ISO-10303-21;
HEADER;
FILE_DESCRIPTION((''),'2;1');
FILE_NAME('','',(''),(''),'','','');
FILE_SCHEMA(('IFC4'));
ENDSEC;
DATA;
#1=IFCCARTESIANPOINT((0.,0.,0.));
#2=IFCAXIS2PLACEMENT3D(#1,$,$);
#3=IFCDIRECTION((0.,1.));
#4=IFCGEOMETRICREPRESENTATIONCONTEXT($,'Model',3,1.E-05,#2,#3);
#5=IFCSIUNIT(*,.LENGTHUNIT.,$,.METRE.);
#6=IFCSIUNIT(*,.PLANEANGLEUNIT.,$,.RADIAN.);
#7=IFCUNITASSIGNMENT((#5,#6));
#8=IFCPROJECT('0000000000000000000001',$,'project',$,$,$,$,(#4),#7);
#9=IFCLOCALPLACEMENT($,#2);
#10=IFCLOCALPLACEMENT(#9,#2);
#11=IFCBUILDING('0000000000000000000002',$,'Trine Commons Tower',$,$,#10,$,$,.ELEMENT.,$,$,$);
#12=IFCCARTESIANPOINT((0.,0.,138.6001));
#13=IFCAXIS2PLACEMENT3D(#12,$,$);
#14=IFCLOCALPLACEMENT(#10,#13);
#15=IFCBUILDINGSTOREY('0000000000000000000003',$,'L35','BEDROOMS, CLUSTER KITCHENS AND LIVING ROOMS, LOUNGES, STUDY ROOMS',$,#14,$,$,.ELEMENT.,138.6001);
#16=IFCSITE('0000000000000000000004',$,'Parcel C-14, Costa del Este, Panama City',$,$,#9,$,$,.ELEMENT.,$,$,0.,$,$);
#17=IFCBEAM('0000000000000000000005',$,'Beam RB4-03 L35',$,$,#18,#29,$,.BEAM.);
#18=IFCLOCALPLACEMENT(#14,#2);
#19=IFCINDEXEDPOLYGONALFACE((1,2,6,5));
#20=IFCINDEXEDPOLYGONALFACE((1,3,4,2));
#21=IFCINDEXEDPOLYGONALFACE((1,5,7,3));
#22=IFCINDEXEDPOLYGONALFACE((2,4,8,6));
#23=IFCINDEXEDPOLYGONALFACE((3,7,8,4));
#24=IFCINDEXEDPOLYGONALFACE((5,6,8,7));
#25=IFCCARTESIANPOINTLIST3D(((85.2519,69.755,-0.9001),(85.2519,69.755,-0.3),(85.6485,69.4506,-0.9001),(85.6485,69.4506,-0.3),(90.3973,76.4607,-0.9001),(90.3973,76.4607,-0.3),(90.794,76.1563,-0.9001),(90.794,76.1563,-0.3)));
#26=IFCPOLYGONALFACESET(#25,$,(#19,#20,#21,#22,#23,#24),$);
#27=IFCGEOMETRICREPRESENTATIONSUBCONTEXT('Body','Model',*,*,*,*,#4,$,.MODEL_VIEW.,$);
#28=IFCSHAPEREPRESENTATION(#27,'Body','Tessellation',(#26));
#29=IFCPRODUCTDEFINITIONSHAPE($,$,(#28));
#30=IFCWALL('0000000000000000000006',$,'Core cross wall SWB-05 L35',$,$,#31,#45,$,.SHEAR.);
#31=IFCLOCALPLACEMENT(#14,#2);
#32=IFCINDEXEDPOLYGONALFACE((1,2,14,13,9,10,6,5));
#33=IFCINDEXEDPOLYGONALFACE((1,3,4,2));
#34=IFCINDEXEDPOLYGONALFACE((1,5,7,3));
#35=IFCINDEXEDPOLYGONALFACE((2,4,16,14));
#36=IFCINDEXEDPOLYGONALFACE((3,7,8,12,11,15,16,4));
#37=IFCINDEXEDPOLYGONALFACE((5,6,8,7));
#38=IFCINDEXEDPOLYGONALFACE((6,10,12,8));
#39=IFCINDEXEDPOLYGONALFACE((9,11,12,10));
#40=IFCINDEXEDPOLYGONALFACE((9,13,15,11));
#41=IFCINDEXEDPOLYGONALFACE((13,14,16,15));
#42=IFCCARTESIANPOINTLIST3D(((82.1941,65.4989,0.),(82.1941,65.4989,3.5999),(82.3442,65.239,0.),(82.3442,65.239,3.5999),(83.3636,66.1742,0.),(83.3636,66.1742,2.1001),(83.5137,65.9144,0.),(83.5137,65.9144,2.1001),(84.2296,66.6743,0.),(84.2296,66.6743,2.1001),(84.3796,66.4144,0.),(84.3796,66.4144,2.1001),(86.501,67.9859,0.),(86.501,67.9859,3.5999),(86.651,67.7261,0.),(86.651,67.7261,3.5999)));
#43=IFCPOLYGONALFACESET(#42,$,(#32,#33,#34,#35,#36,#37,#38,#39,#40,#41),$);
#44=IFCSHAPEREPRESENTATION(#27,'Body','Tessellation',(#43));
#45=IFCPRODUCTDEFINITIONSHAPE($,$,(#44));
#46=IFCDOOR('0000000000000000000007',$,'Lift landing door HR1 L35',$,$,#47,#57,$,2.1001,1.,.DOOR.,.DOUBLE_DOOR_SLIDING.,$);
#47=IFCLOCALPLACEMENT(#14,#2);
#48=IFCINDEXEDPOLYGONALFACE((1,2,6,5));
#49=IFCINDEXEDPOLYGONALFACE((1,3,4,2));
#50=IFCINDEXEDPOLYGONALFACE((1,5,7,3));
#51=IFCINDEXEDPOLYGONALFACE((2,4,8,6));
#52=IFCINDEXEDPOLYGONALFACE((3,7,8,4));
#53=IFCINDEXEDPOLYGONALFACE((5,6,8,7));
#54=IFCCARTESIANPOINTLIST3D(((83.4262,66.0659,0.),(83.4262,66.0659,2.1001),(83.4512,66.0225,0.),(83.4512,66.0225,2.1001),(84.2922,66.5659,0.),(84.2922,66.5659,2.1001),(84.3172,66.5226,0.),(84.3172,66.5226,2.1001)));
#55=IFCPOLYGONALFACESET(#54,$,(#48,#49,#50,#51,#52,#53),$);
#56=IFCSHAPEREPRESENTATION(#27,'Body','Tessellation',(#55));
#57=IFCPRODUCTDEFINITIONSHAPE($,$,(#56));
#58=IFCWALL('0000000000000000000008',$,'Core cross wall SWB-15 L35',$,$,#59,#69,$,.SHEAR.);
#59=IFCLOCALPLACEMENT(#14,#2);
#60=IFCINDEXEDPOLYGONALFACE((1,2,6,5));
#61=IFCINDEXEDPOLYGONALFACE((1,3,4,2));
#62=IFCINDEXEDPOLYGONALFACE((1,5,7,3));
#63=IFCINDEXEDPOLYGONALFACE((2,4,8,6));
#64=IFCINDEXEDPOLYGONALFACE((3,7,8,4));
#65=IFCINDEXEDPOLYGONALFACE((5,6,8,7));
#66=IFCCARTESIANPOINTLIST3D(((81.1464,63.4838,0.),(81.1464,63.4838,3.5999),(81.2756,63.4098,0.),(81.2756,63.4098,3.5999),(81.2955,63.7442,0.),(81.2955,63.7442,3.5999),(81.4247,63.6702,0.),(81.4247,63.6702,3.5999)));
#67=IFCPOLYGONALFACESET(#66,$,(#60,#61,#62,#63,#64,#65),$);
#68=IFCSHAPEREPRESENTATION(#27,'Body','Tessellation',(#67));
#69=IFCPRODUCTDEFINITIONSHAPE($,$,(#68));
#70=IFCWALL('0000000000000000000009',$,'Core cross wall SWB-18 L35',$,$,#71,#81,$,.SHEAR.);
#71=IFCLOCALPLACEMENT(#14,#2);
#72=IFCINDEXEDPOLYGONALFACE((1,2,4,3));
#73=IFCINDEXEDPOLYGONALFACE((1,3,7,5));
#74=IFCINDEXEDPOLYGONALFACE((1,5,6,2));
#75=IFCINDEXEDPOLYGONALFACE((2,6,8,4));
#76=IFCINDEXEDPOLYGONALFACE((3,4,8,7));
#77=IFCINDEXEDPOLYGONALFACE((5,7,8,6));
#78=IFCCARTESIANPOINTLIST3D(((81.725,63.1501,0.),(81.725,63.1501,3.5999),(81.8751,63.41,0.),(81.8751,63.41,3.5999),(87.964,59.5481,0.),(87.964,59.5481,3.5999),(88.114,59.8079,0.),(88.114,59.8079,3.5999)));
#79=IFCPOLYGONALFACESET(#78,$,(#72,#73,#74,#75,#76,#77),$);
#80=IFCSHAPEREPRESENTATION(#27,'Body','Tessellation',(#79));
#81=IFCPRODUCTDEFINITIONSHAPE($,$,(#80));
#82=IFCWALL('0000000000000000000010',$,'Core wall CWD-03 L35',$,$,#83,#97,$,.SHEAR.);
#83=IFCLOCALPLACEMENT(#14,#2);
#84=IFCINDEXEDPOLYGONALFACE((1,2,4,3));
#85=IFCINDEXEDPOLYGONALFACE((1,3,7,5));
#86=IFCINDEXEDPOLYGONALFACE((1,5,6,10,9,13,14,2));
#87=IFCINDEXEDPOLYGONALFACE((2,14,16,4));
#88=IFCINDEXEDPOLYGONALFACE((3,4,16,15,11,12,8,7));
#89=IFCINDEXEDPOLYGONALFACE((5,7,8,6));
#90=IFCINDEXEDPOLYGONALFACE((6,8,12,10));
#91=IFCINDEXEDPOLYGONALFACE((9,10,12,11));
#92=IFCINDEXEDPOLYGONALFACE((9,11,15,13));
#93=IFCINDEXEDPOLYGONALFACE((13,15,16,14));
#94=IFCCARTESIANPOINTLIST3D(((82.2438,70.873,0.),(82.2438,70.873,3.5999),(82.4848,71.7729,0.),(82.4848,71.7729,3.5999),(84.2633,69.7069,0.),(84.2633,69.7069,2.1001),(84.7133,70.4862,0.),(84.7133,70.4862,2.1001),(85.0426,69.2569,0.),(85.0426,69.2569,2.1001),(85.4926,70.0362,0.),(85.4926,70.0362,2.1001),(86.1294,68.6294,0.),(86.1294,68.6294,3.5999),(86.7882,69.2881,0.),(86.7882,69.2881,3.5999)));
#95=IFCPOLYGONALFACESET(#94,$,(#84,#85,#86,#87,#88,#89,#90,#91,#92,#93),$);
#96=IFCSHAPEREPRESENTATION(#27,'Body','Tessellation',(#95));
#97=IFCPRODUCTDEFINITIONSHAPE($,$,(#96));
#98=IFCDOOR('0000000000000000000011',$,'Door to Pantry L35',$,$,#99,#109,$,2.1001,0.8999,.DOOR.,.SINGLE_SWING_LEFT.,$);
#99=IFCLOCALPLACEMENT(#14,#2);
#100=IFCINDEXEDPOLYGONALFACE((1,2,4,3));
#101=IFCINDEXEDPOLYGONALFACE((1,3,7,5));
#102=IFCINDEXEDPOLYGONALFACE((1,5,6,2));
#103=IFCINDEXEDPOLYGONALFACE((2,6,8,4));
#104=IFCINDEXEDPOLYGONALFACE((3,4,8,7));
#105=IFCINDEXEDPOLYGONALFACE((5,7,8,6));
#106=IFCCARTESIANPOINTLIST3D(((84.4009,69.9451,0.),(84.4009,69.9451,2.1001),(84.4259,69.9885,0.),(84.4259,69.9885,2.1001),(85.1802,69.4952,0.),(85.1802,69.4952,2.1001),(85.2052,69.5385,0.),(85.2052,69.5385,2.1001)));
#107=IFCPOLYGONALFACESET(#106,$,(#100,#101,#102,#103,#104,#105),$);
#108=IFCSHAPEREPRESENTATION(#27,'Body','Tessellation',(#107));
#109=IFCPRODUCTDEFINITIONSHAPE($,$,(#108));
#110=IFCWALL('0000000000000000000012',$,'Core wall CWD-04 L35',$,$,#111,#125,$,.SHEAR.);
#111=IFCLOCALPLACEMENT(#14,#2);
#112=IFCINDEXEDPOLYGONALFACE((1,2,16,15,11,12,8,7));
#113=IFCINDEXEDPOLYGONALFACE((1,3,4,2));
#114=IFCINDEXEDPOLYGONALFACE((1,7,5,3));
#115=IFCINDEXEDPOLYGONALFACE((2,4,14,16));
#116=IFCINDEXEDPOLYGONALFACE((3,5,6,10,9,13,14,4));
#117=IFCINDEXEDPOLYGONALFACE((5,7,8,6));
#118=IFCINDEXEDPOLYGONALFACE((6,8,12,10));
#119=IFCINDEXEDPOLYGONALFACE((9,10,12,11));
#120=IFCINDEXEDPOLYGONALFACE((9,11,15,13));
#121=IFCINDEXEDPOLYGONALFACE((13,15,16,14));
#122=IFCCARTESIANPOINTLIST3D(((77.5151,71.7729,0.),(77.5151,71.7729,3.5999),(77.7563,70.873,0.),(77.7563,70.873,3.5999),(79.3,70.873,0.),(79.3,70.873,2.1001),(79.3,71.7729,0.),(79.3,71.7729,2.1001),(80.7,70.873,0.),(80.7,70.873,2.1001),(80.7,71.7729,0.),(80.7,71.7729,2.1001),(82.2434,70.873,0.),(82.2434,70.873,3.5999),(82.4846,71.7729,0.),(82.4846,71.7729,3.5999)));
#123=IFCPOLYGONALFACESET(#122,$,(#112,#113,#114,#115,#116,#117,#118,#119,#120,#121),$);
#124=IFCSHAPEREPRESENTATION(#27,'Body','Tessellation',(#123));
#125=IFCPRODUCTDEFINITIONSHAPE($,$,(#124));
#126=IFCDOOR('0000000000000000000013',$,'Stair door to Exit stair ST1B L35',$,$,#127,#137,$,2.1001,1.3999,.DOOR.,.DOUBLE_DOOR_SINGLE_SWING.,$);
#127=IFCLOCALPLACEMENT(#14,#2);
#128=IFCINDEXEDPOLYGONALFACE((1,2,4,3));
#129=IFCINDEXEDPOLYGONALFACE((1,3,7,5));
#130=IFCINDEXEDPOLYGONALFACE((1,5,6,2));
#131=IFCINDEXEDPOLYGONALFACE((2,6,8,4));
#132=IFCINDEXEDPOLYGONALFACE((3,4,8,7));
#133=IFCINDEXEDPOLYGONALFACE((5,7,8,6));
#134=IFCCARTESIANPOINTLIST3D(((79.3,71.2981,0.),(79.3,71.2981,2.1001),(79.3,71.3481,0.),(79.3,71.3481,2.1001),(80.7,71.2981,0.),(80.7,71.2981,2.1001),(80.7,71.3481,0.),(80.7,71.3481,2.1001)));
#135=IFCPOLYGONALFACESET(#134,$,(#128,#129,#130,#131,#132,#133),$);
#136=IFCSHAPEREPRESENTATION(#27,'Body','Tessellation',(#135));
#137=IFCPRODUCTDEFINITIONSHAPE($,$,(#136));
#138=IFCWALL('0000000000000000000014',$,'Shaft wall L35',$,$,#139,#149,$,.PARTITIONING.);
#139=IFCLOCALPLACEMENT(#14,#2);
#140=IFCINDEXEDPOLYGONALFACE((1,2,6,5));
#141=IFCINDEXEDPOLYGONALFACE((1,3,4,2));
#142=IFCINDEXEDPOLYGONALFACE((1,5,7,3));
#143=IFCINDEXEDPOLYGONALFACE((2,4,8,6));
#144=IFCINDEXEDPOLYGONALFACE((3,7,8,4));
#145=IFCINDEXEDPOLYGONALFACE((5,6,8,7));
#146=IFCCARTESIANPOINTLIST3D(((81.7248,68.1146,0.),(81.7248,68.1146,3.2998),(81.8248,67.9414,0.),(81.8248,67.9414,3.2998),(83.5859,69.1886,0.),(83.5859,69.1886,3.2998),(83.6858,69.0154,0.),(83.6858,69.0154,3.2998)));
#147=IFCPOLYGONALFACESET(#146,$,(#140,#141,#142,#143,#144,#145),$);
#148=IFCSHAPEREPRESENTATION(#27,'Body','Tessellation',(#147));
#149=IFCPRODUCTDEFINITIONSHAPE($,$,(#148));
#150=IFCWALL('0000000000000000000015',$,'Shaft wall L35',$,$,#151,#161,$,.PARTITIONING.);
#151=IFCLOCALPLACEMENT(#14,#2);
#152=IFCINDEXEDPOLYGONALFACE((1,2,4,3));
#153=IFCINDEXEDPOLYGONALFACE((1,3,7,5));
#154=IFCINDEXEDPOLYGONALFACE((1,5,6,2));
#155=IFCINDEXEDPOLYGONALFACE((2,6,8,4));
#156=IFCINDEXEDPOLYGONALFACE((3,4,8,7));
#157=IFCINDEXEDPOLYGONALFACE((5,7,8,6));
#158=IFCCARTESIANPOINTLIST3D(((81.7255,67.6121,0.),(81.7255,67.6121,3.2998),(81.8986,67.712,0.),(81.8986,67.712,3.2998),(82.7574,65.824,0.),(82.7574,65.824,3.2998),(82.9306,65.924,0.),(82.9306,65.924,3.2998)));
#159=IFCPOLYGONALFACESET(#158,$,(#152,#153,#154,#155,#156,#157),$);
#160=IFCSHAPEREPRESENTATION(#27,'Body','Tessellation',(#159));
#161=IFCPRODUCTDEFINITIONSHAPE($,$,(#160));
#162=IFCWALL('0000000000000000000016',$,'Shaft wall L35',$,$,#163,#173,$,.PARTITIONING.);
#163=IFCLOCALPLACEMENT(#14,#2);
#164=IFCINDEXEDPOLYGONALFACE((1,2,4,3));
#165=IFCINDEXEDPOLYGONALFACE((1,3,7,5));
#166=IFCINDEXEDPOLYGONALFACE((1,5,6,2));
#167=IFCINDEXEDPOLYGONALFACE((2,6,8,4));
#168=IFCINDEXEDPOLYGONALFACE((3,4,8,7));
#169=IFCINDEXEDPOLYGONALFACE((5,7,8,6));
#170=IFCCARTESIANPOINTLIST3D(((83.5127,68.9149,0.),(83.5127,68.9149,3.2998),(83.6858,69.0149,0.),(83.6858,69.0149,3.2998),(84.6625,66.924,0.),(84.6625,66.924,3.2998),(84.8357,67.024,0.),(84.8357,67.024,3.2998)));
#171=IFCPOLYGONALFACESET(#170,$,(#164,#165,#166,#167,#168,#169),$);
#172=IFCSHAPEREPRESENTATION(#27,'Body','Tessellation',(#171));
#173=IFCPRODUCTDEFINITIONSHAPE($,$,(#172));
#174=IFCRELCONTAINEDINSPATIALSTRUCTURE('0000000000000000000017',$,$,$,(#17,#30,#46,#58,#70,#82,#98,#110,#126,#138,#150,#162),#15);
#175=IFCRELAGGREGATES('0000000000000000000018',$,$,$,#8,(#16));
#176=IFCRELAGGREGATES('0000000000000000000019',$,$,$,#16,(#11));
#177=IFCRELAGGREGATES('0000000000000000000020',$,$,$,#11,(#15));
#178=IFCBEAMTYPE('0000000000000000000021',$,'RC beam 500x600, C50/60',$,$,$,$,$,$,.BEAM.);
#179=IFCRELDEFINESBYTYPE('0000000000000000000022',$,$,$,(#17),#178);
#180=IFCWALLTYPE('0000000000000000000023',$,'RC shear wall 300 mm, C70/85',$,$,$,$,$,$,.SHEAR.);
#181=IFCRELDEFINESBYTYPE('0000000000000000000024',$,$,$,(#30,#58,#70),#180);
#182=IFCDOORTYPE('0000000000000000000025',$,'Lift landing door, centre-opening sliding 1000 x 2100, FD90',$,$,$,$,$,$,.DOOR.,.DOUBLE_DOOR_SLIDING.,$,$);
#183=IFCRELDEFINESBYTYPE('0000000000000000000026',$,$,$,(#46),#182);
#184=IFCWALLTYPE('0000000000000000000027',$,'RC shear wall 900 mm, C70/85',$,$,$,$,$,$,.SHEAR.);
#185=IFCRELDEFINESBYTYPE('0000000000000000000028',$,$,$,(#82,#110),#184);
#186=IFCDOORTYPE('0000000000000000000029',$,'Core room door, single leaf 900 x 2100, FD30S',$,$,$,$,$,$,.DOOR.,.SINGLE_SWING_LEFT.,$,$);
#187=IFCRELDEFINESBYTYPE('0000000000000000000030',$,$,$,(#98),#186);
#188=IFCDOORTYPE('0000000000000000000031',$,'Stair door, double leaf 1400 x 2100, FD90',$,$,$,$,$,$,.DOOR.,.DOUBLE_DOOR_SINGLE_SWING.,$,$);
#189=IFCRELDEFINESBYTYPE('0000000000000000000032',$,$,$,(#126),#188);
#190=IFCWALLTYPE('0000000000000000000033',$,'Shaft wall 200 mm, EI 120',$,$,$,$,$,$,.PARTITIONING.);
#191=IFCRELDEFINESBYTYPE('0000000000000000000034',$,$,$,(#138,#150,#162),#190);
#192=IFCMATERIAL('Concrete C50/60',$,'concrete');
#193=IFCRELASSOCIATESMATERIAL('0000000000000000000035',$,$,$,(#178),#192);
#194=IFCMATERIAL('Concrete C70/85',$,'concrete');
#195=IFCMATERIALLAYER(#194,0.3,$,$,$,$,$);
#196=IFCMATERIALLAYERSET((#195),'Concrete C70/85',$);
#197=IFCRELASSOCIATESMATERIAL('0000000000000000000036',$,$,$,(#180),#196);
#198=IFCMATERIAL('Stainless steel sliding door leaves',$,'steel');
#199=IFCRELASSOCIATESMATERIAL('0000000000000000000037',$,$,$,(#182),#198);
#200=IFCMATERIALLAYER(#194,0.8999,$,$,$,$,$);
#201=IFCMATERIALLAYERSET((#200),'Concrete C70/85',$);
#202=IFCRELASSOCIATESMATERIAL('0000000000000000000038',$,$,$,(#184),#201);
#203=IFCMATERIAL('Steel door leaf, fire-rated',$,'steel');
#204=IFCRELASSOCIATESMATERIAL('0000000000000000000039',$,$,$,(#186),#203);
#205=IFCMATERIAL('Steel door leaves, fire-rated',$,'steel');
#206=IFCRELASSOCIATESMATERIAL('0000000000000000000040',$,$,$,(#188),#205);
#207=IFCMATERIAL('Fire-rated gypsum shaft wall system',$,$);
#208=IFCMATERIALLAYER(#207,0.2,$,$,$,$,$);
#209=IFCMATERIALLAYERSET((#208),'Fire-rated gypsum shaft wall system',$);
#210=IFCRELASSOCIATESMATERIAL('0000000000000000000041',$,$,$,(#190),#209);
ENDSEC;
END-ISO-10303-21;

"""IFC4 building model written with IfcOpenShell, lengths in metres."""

from ifc_helpers import new_model, si_unit, direction, frame, frame_2d, origin, origin_2d, place, context, subcontext, project, spatial, polyline, rectangle, outline, extrude, material, layer, layer_set, material_profile, profile_set, type_object, element, fill, save


model = new_model("IFC4")

# Units and contexts
model_context = context("Model", 3, precision=1e-05, world=origin(), true_north=direction((0.0, 1.0)))
body_context = subcontext(model_context, "Body", "Model", "MODEL_VIEW")
ifc_project = project(units=[si_unit("LENGTHUNIT", "METRE"), si_unit("PLANEANGLEUNIT", "RADIAN")], contexts=[model_context])

# Site, building, storey
site_placement = place(None, origin())
site = spatial("IfcSite", under=ifc_project, at=site_placement, Name="Parcel C-14, Costa del Este, Panama City", CompositionType="ELEMENT", RefElevation=0.0)
building_placement = place(site_placement, origin())
building = spatial("IfcBuilding", under=site, at=building_placement, Name="Trine Commons Tower", CompositionType="ELEMENT")
storey_placement = place(building_placement, frame((0.0, 0.0, 138.6001)))
storey = spatial("IfcBuildingStorey", under=building, at=storey_placement, Name="L35", Description="BEDROOMS, CLUSTER KITCHENS AND LIVING ROOMS, LOUNGES, STUDY ROOMS", CompositionType="ELEMENT", Elevation=138.6001)

# Beam
ifc_material_1 = material(Name="Concrete C50/60", Category="concrete")
ifc_material_profile = material_profile(ifc_material_1, rectangle(XDim=0.5, YDim=0.6001, at=origin_2d()), Name="RC 500x600")
ifc_profile_set = profile_set([ifc_material_profile], Name="Concrete C50/60")
beam_type = type_object("IfcBeamType", Name="RC beam 500x600, C50/60", PredefinedType="BEAM", material=ifc_profile_set)
beam_placement = place(storey_placement, frame((85.4502, 69.6028, -0.6001), z_axis=(0.608758, 0.793356, 0.0), x_axis=(-0.793356, 0.608758, 0.0)))
element("IfcBeam", 1, at=beam_placement, inside=storey, type_object=beam_type, Name="Beam RB4-03 L35", PredefinedType="BEAM", context=body_context, shape_type="SweptSolid", body=[
    extrude(rectangle(XDim=0.5, YDim=0.6001, at=origin_2d()), origin(), (0.0, 0.0, 1.0), 8.4524),
])

# Wall, opening, door
ifc_material_2 = material(Name="Concrete C70/85", Category="concrete")
ifc_layer_1 = layer(ifc_material_2, 0.3)
ifc_layer_set_1 = layer_set([ifc_layer_1], Name="Concrete C70/85")
wall_type_1 = type_object("IfcWallType", Name="RC shear wall 300 mm, C70/85", PredefinedType="SHEAR", material=ifc_layer_set_1)
wall_1_placement = place(storey_placement, frame((82.269, 65.3689, 0.0), z_axis=(0.0, 0.0, 1.0), x_axis=(0.865984, 0.500072, 0.0)))
wall_1 = element("IfcWall", 2, at=wall_1_placement, inside=storey, type_object=wall_type_1, Name="Core cross wall SWB-05 L35", PredefinedType="SHEAR", context=body_context, shape_type="SweptSolid", body=[
    extrude(rectangle(XDim=4.9734, YDim=0.3, at=frame_2d((2.4868, 0.0))), origin(), (0.0, 0.0, 1.0), 3.5999),
])
opening_1_placement = place(wall_1_placement, frame((1.3506, 0.0, 0.0)))
opening_1 = element("IfcOpeningElement", 3, at=opening_1_placement, cuts=wall_1, PredefinedType="OPENING", context=body_context, shape_type="SweptSolid", body=[
    extrude(rectangle(XDim=1.0, YDim=2.1001, at=frame_2d((0.5, 1.05))), frame((0.0, 0.1599, 0.0), z_axis=(0.0, -1.0, 0.0), x_axis=(1.0, 0.0, 0.0)), (0.0, 0.0, 1.0), 0.3201),
])
ifc_material_3 = material(Name="Stainless steel sliding door leaves", Category="steel")
door_type_1 = type_object("IfcDoorType", Name="Lift landing door, centre-opening sliding 1000 x 2100, FD90", OperationType="DOUBLE_DOOR_SLIDING", PredefinedType="DOOR", material=ifc_material_3)
door_1_placement = place(opening_1_placement, origin())
door_1 = element("IfcDoor", 4, at=door_1_placement, inside=storey, type_object=door_type_1, Name="Lift landing door HR1 L35", OperationType="DOUBLE_DOOR_SLIDING", OverallHeight=2.1001, OverallWidth=1.0, PredefinedType="DOOR", context=body_context, shape_type="SweptSolid", body=[
    extrude(rectangle(XDim=1.0, YDim=2.1001, at=frame_2d((0.5, 1.05))), frame((0.0, 0.0249, 0.0), z_axis=(0.0, -1.0, 0.0), x_axis=(1.0, 0.0, 0.0)), (0.0, 0.0, 1.0), 0.05),
])
fill(opening_1, door_1)

# Walls
wall_2_placement = place(storey_placement, frame((81.2209, 63.614, 0.0), z_axis=(0.0, 0.0, 1.0), x_axis=(0.867738, -0.497022, 0.0)))
element("IfcWall", 5, at=wall_2_placement, inside=storey, type_object=wall_type_1, Name="Core cross wall SWB-15 L35", PredefinedType="SHEAR", context=body_context, shape_type="SweptSolid", body=[
    extrude(rectangle(XDim=0.1489, YDim=0.3, at=frame_2d((0.0745, 0.0))), origin(), (0.0, 0.0, 1.0), 3.5999),
])
wall_3_placement = place(storey_placement, frame((81.8, 63.28, 0.0), z_axis=(0.0, 0.0, 1.0), x_axis=(0.866028, -0.499995, 0.0)))
element("IfcWall", 6, at=wall_3_placement, inside=storey, type_object=wall_type_1, Name="Core cross wall SWB-18 L35", PredefinedType="SHEAR", context=body_context, shape_type="SweptSolid", body=[
    extrude(rectangle(XDim=7.2041, YDim=0.3, at=frame_2d((3.6021, 0.0))), origin(), (0.0, 0.0, 1.0), 3.5999),
])

# Walls, openings, doors
ifc_layer_2 = layer(ifc_material_2, 0.8999)
ifc_layer_set_2 = layer_set([ifc_layer_2], Name="Concrete C70/85")
wall_type_2 = type_object("IfcWallType", Name="RC shear wall 900 mm, C70/85", PredefinedType="SHEAR", material=ifc_layer_set_2)
wall_4_placement = place(storey_placement, frame((86.5632, 68.8984, 0.0), z_axis=(0.0, 0.0, 1.0), x_axis=(-0.866003, 0.500039, 0.0)))
wall_4 = element("IfcWall", 7, at=wall_4_placement, inside=storey, type_object=wall_type_2, Name="Core wall CWD-03 L35", PredefinedType="SHEAR", context=body_context, shape_type="SweptSolid", body=[
    extrude(outline(polyline([(0.0, -0.45), (4.9692, -0.45), (4.728, 0.45), (0.2412, 0.45), (0.0, -0.45)])), origin(), (0.0, 0.0, 1.0), 3.5999),
])
opening_2_placement = place(wall_4_placement, frame((1.4961, 0.0, 0.0)))
opening_2 = element("IfcOpeningElement", 8, at=opening_2_placement, cuts=wall_4, PredefinedType="OPENING", context=body_context, shape_type="SweptSolid", body=[
    extrude(rectangle(XDim=0.8999, YDim=2.1001, at=frame_2d((0.45, 1.05))), frame((0.0, 0.46, 0.0), z_axis=(0.0, -1.0, 0.0), x_axis=(1.0, 0.0, 0.0)), (0.0, 0.0, 1.0), 0.9199),
])
ifc_material_4 = material(Name="Steel door leaf, fire-rated", Category="steel")
door_type_2 = type_object("IfcDoorType", Name="Core room door, single leaf 900 x 2100, FD30S", OperationType="SINGLE_SWING_LEFT", PredefinedType="DOOR", material=ifc_material_4)
door_2_placement = place(opening_2_placement, origin())
door_2 = element("IfcDoor", 9, at=door_2_placement, inside=storey, type_object=door_type_2, Name="Door to Pantry L35", OperationType="SINGLE_SWING_LEFT", OverallHeight=2.1001, OverallWidth=0.8999, PredefinedType="DOOR", context=body_context, shape_type="SweptSolid", body=[
    extrude(rectangle(XDim=0.8999, YDim=2.1001, at=frame_2d((0.45, 1.05))), frame((0.0, 0.1748, 0.0), z_axis=(0.0, -1.0, 0.0), x_axis=(1.0, 0.0, 0.0)), (0.0, 0.0, 1.0), 0.05),
])
fill(opening_2, door_2)
wall_5_placement = place(storey_placement, frame((82.4846, 71.323, 0.0), z_axis=(0.0, 0.0, 1.0), x_axis=(-1.0, 0.0, 0.0)))
wall_5 = element("IfcWall", 10, at=wall_5_placement, inside=storey, type_object=wall_type_2, Name="Core wall CWD-04 L35", PredefinedType="SHEAR", context=body_context, shape_type="SweptSolid", body=[
    extrude(outline(polyline([(0.0, -0.45), (4.9695, -0.45), (4.7283, 0.45), (0.2412, 0.45), (0.0, -0.45)])), origin(), (0.0, 0.0, 1.0), 3.5999),
])
opening_3_placement = place(wall_5_placement, frame((1.7847, 0.0, 0.0)))
opening_3 = element("IfcOpeningElement", 11, at=opening_3_placement, cuts=wall_5, PredefinedType="OPENING", context=body_context, shape_type="SweptSolid", body=[
    extrude(rectangle(XDim=1.3999, YDim=2.1001, at=frame_2d((0.7, 1.05))), frame((0.0, 0.46, 0.0), z_axis=(0.0, -1.0, 0.0), x_axis=(1.0, 0.0, 0.0)), (0.0, 0.0, 1.0), 0.9199),
])
ifc_material_5 = material(Name="Steel door leaves, fire-rated", Category="steel")
door_type_3 = type_object("IfcDoorType", Name="Stair door, double leaf 1400 x 2100, FD90", OperationType="DOUBLE_DOOR_SINGLE_SWING", PredefinedType="DOOR", material=ifc_material_5)
door_3_placement = place(opening_3_placement, origin())
door_3 = element("IfcDoor", 12, at=door_3_placement, inside=storey, type_object=door_type_3, Name="Stair door to Exit stair ST1B L35", OperationType="DOUBLE_DOOR_SINGLE_SWING", OverallHeight=2.1001, OverallWidth=1.3999, PredefinedType="DOOR", context=body_context, shape_type="SweptSolid", body=[
    extrude(rectangle(XDim=1.3999, YDim=2.1001, at=frame_2d((0.7, 1.05))), frame((0.0, 0.0249, 0.0), z_axis=(0.0, -1.0, 0.0), x_axis=(1.0, 0.0, 0.0)), (0.0, 0.0, 1.0), 0.05),
])
fill(opening_3, door_3)

# Walls
ifc_material_6 = material(Name="Fire-rated gypsum shaft wall system")
ifc_layer_3 = layer(ifc_material_6, 0.2)
ifc_layer_set_3 = layer_set([ifc_layer_3], Name="Fire-rated gypsum shaft wall system")
wall_type_3 = type_object("IfcWallType", Name="Shaft wall 200 mm, EI 120", PredefinedType="PARTITIONING", material=ifc_layer_set_3)
wall_6_placement = place(storey_placement, frame((81.7749, 68.0281, 0.0), z_axis=(0.0, 0.0, 1.0), x_axis=(0.866131, 0.499818, 0.0)))
element("IfcWall", 13, at=wall_6_placement, inside=storey, type_object=wall_type_3, Name="Shaft wall L35", PredefinedType="PARTITIONING", context=body_context, shape_type="SweptSolid", body=[
    extrude(rectangle(XDim=2.1487, YDim=0.2, at=frame_2d((1.0742, 0.0))), origin(), (0.0, 0.0, 1.0), 3.2998),
])
wall_7_placement = place(storey_placement, frame((82.844, 65.874, 0.0), z_axis=(0.0, 0.0, 1.0), x_axis=(-0.499866, 0.866103, 0.0)))
element("IfcWall", 14, at=wall_7_placement, inside=storey, type_object=wall_type_3, Name="Shaft wall L35", PredefinedType="PARTITIONING", context=body_context, shape_type="SweptSolid", body=[
    extrude(rectangle(XDim=2.0645, YDim=0.2, at=frame_2d((1.0322, 0.0))), origin(), (0.0, 0.0, 1.0), 3.2998),
])
for number, where, z_axis, x_axis, name in (
    (15, (84.749, 66.9741, 0.0), (0.0, 0.0, 1.0), (-0.500136, 0.865947, 0.0), "Shaft wall L35"),
):
    element("IfcWall", number, at=place(storey_placement, frame(where, z_axis=z_axis, x_axis=x_axis)), inside=storey, type_object=wall_type_3, Name=name, PredefinedType="PARTITIONING", context=body_context, shape_type="SweptSolid", body=[
        extrude(rectangle(XDim=2.2991, YDim=0.2, at=frame_2d((1.1494, 0.0))), origin(), (0.0, 0.0, 1.0), 3.2998),
    ])

save(model, "model.ifc")
